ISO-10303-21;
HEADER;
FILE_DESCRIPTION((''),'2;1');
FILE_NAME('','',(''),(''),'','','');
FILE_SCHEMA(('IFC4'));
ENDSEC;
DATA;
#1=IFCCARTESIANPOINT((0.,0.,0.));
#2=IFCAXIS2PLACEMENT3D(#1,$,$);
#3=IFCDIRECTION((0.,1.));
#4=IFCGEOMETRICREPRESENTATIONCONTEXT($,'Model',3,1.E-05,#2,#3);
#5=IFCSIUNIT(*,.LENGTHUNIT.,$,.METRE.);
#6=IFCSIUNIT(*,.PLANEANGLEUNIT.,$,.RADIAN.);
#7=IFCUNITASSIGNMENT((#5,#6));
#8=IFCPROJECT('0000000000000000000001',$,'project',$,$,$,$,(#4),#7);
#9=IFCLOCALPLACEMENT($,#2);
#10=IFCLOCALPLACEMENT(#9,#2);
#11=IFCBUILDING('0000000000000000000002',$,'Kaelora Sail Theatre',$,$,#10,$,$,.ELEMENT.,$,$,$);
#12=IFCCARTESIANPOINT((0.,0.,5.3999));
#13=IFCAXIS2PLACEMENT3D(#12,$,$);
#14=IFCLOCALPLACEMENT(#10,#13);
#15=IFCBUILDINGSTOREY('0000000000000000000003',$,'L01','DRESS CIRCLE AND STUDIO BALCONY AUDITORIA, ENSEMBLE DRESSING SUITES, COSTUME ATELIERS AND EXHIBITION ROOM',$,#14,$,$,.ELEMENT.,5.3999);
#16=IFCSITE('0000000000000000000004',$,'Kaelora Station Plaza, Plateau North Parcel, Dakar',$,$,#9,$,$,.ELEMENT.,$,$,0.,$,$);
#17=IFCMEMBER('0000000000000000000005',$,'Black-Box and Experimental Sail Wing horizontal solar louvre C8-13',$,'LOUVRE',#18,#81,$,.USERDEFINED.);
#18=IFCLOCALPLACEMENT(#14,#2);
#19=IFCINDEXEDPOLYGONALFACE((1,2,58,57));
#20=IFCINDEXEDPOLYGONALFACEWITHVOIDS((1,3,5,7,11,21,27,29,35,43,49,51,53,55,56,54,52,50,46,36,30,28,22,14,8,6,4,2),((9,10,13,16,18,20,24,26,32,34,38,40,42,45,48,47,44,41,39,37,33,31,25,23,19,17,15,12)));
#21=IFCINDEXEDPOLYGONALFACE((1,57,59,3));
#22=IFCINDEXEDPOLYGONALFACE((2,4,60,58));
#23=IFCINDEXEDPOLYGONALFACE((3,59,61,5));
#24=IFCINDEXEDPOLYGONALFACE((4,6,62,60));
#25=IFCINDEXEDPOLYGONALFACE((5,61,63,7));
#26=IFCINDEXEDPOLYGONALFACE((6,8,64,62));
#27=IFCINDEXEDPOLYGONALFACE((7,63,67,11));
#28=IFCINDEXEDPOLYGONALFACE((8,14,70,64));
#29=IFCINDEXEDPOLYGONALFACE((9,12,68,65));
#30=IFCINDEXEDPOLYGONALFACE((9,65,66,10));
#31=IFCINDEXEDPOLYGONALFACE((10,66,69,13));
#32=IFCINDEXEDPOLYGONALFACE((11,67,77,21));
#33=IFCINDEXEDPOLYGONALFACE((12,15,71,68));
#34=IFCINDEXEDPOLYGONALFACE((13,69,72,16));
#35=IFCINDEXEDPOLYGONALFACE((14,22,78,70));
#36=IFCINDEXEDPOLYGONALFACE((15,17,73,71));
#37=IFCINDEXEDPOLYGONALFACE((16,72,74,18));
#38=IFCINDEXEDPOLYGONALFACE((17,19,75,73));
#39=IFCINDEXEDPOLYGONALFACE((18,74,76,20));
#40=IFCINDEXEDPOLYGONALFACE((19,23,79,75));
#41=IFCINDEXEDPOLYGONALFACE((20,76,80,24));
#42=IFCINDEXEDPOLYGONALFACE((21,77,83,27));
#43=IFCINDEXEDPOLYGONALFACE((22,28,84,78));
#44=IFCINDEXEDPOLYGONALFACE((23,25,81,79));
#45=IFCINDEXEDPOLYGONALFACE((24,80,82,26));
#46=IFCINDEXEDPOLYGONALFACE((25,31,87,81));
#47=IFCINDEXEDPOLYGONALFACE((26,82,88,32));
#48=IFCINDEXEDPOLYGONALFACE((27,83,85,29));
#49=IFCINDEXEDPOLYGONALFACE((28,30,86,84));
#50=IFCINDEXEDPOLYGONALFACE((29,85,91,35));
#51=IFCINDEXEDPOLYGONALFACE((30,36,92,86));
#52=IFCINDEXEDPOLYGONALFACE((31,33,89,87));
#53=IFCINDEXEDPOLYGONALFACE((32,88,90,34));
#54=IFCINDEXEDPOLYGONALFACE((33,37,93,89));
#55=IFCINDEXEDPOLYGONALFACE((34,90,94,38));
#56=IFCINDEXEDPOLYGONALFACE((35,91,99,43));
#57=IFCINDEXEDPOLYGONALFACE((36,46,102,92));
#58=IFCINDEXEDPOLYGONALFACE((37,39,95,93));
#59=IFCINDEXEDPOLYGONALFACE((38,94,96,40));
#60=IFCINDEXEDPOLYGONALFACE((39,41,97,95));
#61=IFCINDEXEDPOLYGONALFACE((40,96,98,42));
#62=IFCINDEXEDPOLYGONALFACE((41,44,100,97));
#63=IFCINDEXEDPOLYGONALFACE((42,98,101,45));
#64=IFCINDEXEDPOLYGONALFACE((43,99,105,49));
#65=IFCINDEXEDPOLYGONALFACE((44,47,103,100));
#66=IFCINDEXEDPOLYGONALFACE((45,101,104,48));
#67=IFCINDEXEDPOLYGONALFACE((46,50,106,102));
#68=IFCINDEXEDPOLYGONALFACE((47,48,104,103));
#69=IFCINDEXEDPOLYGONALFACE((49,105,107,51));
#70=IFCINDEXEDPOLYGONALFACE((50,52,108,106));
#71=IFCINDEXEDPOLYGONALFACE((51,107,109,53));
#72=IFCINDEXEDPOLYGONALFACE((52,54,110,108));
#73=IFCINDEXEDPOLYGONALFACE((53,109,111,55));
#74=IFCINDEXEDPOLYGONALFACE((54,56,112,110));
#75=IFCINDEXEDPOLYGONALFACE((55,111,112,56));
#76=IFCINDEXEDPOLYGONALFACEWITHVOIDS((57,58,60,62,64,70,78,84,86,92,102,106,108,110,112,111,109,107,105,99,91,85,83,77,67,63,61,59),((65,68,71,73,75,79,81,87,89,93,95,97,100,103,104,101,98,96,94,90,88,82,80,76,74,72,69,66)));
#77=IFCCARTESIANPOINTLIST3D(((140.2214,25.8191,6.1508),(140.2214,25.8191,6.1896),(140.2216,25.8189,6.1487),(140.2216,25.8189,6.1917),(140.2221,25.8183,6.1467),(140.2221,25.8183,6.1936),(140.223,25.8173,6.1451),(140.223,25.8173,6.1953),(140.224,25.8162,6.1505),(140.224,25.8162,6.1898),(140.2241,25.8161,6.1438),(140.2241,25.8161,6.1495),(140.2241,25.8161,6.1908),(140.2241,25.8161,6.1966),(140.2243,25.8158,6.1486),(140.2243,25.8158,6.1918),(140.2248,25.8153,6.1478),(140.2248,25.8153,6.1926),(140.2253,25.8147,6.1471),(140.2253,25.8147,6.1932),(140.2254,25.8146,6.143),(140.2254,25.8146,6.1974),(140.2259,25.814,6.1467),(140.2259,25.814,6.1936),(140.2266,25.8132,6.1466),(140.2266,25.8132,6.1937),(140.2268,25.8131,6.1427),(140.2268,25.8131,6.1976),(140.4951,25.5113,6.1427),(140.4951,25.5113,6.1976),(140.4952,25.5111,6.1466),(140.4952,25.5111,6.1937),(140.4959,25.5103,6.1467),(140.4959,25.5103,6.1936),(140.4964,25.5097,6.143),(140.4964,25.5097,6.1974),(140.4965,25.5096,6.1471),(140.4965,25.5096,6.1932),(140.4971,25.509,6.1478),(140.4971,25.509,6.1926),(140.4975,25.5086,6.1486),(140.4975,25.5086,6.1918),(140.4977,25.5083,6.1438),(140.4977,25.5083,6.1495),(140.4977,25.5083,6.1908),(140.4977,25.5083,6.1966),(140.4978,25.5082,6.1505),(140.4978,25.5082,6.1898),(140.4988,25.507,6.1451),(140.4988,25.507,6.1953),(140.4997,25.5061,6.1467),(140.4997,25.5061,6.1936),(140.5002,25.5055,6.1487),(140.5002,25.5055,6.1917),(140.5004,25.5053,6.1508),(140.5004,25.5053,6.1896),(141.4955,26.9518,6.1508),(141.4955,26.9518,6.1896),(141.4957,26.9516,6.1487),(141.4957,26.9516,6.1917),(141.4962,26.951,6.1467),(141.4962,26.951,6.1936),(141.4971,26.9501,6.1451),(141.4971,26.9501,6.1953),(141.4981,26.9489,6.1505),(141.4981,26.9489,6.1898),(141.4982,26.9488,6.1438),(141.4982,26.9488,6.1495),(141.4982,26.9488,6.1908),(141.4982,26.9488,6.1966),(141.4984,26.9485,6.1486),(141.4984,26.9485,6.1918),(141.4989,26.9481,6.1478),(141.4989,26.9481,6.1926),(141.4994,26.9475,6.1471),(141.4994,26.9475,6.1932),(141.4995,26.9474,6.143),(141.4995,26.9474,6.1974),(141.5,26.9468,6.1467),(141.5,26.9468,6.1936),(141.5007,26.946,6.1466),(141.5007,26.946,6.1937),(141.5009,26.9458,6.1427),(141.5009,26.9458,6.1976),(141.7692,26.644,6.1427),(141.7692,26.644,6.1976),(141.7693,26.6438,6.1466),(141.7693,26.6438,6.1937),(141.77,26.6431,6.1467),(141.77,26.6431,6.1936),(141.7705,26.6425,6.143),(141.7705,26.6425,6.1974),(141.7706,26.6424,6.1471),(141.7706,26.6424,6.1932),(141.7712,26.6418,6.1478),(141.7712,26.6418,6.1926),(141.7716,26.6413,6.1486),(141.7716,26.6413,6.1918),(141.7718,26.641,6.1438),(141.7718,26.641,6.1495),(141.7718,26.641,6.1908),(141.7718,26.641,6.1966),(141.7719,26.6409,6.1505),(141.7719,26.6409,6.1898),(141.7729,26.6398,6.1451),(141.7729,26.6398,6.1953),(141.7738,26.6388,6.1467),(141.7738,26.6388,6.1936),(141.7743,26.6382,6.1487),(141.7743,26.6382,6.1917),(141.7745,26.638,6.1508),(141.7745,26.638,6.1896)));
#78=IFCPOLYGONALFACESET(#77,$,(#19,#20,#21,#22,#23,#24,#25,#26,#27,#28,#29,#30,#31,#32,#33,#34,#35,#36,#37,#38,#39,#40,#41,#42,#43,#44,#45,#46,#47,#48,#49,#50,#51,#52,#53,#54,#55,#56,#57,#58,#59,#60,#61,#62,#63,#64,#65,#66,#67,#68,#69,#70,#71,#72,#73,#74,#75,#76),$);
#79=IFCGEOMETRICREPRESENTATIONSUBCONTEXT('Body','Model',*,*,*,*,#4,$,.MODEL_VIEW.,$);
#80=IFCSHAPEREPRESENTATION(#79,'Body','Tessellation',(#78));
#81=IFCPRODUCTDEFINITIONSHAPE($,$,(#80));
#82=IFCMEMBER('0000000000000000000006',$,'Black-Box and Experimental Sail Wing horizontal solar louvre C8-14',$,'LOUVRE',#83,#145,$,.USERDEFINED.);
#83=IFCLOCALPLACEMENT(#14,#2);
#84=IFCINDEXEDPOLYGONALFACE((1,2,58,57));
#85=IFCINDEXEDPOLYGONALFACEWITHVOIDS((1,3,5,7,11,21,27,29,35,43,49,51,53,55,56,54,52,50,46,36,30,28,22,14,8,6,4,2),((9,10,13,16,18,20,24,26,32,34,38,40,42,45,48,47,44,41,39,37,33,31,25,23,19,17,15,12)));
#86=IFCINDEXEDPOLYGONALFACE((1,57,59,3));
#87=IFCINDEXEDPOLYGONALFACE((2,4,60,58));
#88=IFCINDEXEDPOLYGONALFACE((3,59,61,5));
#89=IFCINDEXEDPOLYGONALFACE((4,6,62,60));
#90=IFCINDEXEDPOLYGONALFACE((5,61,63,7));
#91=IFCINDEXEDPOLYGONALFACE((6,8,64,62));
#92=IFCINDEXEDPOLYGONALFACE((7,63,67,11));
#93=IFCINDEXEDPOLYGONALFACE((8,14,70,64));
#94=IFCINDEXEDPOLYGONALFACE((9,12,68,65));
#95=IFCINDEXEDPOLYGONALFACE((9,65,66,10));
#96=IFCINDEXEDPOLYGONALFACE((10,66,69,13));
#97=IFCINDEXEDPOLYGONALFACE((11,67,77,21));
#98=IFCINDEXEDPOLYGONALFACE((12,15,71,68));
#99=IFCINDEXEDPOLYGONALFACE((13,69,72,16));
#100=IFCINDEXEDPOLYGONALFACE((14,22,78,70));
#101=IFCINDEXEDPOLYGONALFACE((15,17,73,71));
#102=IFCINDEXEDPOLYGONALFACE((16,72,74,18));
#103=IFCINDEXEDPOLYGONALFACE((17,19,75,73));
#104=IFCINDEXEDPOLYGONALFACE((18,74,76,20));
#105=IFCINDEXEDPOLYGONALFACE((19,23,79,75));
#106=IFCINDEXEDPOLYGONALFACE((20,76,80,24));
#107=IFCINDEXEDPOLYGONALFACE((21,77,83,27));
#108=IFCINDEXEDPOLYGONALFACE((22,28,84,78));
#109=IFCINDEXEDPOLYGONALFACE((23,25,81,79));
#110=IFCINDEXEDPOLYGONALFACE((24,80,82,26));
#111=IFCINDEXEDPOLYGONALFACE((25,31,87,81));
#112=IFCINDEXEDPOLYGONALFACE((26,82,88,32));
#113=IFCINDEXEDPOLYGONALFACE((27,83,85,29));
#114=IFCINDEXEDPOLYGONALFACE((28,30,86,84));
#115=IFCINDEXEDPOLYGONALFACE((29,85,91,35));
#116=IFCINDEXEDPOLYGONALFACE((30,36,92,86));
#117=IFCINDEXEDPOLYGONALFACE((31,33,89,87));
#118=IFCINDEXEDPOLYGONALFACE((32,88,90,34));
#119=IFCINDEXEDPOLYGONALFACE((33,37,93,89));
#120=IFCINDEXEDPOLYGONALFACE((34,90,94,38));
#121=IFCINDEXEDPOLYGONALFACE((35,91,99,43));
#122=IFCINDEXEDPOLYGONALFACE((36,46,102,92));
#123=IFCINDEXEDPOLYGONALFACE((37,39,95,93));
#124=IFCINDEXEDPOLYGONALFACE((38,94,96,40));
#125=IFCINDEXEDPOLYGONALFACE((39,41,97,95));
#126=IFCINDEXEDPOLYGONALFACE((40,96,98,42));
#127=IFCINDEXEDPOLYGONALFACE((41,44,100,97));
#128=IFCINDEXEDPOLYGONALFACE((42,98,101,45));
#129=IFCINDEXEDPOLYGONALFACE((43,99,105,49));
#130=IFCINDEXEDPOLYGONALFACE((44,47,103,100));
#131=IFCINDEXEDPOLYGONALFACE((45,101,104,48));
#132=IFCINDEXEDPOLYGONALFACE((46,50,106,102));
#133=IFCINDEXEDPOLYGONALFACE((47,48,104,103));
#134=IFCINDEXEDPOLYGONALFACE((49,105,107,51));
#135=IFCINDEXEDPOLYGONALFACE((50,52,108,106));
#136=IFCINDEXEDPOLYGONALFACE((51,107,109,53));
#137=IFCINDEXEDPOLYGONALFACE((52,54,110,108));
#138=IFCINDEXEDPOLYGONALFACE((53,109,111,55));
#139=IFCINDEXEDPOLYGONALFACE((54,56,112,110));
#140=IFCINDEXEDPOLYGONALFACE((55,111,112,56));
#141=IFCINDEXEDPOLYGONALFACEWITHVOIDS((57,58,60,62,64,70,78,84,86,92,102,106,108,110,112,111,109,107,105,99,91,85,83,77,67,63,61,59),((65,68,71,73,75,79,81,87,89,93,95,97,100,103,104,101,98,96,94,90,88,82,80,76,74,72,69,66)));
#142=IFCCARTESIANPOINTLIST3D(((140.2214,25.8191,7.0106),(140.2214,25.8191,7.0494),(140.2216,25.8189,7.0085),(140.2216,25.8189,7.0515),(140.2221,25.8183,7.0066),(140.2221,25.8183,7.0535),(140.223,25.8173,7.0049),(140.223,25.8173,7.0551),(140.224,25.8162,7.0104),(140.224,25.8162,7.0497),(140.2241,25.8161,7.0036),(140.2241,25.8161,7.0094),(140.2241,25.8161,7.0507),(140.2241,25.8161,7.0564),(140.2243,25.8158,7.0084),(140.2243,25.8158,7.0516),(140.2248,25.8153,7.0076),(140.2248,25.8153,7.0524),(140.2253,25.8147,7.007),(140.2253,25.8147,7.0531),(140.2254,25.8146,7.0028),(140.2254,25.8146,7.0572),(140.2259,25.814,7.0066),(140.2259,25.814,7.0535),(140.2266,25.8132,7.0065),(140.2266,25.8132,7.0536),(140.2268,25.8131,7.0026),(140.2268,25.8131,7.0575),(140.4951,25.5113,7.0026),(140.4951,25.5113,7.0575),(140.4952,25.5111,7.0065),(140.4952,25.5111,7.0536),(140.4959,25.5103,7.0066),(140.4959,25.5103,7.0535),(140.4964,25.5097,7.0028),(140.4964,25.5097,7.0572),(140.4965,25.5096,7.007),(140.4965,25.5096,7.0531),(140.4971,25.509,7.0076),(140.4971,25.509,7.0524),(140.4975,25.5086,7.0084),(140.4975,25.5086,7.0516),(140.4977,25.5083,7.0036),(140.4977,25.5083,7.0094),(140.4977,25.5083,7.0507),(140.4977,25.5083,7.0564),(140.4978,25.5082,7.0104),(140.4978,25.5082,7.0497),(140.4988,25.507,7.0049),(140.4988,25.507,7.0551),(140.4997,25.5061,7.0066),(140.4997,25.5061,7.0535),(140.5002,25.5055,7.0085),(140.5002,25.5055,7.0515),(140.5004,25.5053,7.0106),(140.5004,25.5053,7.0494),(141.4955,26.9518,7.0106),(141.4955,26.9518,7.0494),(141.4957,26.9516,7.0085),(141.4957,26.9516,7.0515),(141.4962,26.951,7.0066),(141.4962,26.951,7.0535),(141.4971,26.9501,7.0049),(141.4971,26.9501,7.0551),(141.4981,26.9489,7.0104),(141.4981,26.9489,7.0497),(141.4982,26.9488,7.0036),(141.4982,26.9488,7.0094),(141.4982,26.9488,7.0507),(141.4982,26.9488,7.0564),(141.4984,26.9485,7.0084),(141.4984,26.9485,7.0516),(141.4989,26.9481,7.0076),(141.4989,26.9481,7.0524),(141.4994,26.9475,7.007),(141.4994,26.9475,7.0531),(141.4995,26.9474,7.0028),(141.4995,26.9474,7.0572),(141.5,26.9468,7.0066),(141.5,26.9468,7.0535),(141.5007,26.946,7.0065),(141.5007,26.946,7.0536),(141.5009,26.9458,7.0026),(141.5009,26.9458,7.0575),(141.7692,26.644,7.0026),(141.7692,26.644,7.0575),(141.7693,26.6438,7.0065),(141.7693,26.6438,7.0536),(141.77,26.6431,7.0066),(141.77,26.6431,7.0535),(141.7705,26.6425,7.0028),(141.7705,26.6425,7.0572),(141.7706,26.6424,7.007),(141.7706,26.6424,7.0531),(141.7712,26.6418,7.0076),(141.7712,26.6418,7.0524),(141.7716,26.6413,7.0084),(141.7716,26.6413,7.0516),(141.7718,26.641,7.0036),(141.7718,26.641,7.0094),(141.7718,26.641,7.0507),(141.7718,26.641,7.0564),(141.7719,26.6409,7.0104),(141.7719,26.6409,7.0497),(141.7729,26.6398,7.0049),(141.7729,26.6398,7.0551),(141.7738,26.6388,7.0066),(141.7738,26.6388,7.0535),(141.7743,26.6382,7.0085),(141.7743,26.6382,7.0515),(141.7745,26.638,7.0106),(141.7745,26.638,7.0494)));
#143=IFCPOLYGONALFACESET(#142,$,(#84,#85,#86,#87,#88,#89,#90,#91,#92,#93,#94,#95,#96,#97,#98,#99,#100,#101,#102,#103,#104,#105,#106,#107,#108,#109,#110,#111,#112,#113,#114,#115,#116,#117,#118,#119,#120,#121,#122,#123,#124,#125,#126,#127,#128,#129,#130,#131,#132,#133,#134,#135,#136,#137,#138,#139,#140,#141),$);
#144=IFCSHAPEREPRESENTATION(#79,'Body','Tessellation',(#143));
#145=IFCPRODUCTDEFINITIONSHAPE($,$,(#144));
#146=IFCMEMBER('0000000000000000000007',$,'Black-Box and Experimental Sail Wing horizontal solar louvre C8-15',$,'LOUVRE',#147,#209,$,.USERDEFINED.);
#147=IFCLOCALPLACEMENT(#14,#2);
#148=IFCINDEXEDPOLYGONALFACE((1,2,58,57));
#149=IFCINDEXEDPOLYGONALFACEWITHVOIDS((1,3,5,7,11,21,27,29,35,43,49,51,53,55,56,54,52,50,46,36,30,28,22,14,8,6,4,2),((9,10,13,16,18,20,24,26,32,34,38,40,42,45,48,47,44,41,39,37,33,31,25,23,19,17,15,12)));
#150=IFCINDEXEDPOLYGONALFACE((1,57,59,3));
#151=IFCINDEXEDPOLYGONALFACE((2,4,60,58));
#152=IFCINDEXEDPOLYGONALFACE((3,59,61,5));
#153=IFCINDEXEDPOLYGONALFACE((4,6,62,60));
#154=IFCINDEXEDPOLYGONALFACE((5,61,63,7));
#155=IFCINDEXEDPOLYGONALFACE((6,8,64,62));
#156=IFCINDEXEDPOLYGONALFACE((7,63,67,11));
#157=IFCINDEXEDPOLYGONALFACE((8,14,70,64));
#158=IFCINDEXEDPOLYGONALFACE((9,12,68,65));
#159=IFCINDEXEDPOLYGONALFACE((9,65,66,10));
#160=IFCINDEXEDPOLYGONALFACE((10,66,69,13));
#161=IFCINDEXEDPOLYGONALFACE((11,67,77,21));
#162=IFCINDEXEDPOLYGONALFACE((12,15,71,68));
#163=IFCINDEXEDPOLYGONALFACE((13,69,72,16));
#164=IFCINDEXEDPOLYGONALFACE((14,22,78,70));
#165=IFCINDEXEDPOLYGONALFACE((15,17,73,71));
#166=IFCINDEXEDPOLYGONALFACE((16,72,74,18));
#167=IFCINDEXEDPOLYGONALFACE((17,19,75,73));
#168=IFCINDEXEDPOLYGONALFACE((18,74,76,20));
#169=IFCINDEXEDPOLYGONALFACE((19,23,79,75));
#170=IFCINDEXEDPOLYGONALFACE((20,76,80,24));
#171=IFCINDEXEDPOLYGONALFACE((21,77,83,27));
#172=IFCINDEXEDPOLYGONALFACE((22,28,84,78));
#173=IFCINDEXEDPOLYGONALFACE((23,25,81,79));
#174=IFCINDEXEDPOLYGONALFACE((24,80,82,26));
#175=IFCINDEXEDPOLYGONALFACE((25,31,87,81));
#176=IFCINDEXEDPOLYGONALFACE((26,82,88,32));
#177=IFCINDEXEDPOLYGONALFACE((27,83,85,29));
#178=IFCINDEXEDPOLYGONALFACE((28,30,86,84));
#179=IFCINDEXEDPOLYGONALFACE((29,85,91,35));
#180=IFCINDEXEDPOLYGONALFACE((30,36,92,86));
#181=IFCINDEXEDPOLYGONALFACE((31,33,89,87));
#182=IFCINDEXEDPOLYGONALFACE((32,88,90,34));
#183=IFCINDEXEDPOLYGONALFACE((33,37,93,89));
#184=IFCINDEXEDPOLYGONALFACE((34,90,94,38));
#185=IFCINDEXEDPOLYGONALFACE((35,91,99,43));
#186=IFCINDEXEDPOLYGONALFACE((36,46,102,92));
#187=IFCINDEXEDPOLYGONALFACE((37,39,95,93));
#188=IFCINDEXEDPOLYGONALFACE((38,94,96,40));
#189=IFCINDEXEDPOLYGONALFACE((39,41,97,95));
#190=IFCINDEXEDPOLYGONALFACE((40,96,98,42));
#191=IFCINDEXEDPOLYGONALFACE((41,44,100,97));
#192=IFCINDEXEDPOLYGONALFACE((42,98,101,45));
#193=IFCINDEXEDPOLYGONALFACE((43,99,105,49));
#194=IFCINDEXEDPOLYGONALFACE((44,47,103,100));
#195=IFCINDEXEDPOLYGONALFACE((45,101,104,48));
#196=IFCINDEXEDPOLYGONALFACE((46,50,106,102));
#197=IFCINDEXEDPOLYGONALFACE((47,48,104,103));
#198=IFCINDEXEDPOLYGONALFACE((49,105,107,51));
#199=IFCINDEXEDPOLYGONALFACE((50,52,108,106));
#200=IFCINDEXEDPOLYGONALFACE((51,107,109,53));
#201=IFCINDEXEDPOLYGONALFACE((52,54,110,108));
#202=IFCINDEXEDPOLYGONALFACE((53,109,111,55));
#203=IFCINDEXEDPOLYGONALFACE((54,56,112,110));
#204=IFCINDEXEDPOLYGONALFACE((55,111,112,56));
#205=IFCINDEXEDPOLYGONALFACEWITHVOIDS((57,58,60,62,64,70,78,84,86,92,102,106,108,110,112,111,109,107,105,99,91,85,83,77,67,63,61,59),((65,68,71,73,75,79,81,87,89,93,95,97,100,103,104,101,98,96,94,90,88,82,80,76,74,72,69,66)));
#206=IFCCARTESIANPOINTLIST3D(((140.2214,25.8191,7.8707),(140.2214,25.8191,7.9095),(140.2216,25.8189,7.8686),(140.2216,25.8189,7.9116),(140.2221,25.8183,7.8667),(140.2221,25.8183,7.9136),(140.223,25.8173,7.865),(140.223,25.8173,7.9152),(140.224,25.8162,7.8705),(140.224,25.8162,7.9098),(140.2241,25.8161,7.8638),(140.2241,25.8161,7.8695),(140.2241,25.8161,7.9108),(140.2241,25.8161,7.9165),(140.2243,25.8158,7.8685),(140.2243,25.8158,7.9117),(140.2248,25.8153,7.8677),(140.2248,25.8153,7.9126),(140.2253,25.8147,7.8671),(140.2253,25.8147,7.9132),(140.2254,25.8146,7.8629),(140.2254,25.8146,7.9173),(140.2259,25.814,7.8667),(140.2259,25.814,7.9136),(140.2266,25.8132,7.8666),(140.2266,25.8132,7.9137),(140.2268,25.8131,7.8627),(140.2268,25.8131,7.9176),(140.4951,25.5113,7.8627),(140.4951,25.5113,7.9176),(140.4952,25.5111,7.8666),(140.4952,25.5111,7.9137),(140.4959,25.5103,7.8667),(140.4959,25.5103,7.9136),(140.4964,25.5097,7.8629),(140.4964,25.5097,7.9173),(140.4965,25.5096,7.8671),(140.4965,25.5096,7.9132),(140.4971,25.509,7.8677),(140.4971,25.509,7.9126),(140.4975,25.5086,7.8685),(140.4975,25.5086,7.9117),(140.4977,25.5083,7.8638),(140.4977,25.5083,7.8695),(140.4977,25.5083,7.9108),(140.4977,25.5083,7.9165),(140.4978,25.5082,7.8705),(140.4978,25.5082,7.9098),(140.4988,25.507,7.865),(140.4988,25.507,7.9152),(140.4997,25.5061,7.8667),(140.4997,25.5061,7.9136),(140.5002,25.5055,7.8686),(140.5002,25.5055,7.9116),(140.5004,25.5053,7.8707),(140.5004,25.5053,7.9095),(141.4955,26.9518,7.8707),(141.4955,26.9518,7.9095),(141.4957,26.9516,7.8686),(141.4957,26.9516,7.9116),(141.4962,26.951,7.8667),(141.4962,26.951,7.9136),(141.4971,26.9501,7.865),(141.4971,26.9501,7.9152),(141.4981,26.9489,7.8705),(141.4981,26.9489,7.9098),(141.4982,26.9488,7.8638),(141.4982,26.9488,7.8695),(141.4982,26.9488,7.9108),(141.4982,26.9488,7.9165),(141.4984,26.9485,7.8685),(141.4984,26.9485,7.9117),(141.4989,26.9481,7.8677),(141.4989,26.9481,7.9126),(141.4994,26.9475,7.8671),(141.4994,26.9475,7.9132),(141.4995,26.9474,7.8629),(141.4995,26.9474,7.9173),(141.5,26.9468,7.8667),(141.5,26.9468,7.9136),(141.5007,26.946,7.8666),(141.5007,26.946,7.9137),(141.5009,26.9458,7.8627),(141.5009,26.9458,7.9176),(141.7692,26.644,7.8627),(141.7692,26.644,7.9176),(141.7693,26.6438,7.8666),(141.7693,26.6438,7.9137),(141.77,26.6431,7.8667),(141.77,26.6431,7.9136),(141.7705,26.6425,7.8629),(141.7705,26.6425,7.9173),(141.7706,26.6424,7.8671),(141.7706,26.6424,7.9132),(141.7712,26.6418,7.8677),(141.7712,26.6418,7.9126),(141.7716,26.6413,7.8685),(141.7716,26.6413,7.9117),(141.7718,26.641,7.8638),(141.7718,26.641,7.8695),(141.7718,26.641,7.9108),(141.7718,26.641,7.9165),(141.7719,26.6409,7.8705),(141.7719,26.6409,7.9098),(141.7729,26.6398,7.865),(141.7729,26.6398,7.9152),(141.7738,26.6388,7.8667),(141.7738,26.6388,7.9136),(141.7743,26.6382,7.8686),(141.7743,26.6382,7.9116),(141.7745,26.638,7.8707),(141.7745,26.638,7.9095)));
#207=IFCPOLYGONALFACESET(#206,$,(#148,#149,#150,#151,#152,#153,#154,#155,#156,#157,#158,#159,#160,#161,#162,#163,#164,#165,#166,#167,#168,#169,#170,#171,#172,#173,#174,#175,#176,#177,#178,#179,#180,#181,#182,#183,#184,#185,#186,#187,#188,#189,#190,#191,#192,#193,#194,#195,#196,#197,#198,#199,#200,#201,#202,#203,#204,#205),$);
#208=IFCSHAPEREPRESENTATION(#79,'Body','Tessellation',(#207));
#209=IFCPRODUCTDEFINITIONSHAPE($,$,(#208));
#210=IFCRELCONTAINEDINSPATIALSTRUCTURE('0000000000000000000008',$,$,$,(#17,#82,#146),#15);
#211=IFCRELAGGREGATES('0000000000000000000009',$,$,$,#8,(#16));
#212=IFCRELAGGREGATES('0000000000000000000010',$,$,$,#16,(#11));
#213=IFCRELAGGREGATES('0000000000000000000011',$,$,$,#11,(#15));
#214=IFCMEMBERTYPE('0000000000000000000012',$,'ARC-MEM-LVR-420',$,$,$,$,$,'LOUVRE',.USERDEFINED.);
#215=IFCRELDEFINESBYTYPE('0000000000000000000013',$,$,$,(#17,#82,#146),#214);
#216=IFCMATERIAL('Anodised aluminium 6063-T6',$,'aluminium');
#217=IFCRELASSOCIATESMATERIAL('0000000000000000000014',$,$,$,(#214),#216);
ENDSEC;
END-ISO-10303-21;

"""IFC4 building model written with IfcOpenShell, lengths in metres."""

from ifc_helpers import new_model, si_unit, direction, frame, origin, origin_2d, place, context, subcontext, project, spatial, hollow_rectangle, extrude, material, material_profile, profile_set, type_object, element, save


model = new_model("IFC4")

# Units and contexts
model_context = context("Model", 3, precision=1e-05, world=origin(), true_north=direction((0.0, 1.0)))
body_context = subcontext(model_context, "Body", "Model", "MODEL_VIEW")
ifc_project = project(units=[si_unit("LENGTHUNIT", "METRE"), si_unit("PLANEANGLEUNIT", "RADIAN")], contexts=[model_context])

# Site, building, storey
site_placement = place(None, origin())
site = spatial("IfcSite", under=ifc_project, at=site_placement, Name="Kaelora Station Plaza, Plateau North Parcel, Dakar", CompositionType="ELEMENT", RefElevation=0.0)
building_placement = place(site_placement, origin())
building = spatial("IfcBuilding", under=site, at=building_placement, Name="Kaelora Sail Theatre", CompositionType="ELEMENT")
storey_placement = place(building_placement, frame((0.0, 0.0, 5.3999)))
storey = spatial("IfcBuildingStorey", under=building, at=storey_placement, Name="L01", Description="DRESS CIRCLE AND STUDIO BALCONY AUDITORIA, ENSEMBLE DRESSING SUITES, COSTUME ATELIERS AND EXHIBITION ROOM", CompositionType="ELEMENT", Elevation=5.3999)

# Members
ifc_material_1 = material(Name="Anodised aluminium 6063-T6", Category="aluminium")
ifc_material_profile_1 = material_profile(ifc_material_1, hollow_rectangle(XDim=0.4199, YDim=0.0549, WallThickness=0.0039, InnerFilletRadius=0.0039, OuterFilletRadius=0.0081, at=origin_2d()), Name="LOUVRE 420x55x4")
ifc_profile_set_1 = profile_set([ifc_material_profile_1], Name="Anodised aluminium 6063-T6")
member_type = type_object("IfcMemberType", Name="ARC-MEM-LVR-420", ElementType="LOUVRE", PredefinedType="USERDEFINED", material=ifc_profile_set_1)
for number, where, z_axis, x_axis, name in (
    (1, (141.635, 26.7949, 6.1702), (-0.747346, -0.664435, 0.0), (0.664435, -0.747346, 0.0), "Black-Box and Experimental Sail Wing horizontal solar louvre C8-13"),
    (2, (141.635, 26.7949, 7.03), (-0.747346, -0.664435, 0.0), (0.664435, -0.747346, 0.0), "Black-Box and Experimental Sail Wing horizontal solar louvre C8-14"),
    (3, (141.635, 26.7949, 7.8901), (-0.747346, -0.664435, 0.0), (0.664435, -0.747346, 0.0), "Black-Box and Experimental Sail Wing horizontal solar louvre C8-15"),
):
    element("IfcMember", number, at=place(storey_placement, frame(where, z_axis=z_axis, x_axis=x_axis)), inside=storey, type_object=member_type, Name=name, ObjectType="LOUVRE", PredefinedType="USERDEFINED", context=body_context, shape_type="SweptSolid", body=[
        extrude(hollow_rectangle(XDim=0.4199, YDim=0.0549, WallThickness=0.0039, InnerFilletRadius=0.0039, OuterFilletRadius=0.0081, at=origin_2d()), origin(), (0.0, 0.0, 1.0), 1.7048),
    ])

save(model, "model.ifc")
